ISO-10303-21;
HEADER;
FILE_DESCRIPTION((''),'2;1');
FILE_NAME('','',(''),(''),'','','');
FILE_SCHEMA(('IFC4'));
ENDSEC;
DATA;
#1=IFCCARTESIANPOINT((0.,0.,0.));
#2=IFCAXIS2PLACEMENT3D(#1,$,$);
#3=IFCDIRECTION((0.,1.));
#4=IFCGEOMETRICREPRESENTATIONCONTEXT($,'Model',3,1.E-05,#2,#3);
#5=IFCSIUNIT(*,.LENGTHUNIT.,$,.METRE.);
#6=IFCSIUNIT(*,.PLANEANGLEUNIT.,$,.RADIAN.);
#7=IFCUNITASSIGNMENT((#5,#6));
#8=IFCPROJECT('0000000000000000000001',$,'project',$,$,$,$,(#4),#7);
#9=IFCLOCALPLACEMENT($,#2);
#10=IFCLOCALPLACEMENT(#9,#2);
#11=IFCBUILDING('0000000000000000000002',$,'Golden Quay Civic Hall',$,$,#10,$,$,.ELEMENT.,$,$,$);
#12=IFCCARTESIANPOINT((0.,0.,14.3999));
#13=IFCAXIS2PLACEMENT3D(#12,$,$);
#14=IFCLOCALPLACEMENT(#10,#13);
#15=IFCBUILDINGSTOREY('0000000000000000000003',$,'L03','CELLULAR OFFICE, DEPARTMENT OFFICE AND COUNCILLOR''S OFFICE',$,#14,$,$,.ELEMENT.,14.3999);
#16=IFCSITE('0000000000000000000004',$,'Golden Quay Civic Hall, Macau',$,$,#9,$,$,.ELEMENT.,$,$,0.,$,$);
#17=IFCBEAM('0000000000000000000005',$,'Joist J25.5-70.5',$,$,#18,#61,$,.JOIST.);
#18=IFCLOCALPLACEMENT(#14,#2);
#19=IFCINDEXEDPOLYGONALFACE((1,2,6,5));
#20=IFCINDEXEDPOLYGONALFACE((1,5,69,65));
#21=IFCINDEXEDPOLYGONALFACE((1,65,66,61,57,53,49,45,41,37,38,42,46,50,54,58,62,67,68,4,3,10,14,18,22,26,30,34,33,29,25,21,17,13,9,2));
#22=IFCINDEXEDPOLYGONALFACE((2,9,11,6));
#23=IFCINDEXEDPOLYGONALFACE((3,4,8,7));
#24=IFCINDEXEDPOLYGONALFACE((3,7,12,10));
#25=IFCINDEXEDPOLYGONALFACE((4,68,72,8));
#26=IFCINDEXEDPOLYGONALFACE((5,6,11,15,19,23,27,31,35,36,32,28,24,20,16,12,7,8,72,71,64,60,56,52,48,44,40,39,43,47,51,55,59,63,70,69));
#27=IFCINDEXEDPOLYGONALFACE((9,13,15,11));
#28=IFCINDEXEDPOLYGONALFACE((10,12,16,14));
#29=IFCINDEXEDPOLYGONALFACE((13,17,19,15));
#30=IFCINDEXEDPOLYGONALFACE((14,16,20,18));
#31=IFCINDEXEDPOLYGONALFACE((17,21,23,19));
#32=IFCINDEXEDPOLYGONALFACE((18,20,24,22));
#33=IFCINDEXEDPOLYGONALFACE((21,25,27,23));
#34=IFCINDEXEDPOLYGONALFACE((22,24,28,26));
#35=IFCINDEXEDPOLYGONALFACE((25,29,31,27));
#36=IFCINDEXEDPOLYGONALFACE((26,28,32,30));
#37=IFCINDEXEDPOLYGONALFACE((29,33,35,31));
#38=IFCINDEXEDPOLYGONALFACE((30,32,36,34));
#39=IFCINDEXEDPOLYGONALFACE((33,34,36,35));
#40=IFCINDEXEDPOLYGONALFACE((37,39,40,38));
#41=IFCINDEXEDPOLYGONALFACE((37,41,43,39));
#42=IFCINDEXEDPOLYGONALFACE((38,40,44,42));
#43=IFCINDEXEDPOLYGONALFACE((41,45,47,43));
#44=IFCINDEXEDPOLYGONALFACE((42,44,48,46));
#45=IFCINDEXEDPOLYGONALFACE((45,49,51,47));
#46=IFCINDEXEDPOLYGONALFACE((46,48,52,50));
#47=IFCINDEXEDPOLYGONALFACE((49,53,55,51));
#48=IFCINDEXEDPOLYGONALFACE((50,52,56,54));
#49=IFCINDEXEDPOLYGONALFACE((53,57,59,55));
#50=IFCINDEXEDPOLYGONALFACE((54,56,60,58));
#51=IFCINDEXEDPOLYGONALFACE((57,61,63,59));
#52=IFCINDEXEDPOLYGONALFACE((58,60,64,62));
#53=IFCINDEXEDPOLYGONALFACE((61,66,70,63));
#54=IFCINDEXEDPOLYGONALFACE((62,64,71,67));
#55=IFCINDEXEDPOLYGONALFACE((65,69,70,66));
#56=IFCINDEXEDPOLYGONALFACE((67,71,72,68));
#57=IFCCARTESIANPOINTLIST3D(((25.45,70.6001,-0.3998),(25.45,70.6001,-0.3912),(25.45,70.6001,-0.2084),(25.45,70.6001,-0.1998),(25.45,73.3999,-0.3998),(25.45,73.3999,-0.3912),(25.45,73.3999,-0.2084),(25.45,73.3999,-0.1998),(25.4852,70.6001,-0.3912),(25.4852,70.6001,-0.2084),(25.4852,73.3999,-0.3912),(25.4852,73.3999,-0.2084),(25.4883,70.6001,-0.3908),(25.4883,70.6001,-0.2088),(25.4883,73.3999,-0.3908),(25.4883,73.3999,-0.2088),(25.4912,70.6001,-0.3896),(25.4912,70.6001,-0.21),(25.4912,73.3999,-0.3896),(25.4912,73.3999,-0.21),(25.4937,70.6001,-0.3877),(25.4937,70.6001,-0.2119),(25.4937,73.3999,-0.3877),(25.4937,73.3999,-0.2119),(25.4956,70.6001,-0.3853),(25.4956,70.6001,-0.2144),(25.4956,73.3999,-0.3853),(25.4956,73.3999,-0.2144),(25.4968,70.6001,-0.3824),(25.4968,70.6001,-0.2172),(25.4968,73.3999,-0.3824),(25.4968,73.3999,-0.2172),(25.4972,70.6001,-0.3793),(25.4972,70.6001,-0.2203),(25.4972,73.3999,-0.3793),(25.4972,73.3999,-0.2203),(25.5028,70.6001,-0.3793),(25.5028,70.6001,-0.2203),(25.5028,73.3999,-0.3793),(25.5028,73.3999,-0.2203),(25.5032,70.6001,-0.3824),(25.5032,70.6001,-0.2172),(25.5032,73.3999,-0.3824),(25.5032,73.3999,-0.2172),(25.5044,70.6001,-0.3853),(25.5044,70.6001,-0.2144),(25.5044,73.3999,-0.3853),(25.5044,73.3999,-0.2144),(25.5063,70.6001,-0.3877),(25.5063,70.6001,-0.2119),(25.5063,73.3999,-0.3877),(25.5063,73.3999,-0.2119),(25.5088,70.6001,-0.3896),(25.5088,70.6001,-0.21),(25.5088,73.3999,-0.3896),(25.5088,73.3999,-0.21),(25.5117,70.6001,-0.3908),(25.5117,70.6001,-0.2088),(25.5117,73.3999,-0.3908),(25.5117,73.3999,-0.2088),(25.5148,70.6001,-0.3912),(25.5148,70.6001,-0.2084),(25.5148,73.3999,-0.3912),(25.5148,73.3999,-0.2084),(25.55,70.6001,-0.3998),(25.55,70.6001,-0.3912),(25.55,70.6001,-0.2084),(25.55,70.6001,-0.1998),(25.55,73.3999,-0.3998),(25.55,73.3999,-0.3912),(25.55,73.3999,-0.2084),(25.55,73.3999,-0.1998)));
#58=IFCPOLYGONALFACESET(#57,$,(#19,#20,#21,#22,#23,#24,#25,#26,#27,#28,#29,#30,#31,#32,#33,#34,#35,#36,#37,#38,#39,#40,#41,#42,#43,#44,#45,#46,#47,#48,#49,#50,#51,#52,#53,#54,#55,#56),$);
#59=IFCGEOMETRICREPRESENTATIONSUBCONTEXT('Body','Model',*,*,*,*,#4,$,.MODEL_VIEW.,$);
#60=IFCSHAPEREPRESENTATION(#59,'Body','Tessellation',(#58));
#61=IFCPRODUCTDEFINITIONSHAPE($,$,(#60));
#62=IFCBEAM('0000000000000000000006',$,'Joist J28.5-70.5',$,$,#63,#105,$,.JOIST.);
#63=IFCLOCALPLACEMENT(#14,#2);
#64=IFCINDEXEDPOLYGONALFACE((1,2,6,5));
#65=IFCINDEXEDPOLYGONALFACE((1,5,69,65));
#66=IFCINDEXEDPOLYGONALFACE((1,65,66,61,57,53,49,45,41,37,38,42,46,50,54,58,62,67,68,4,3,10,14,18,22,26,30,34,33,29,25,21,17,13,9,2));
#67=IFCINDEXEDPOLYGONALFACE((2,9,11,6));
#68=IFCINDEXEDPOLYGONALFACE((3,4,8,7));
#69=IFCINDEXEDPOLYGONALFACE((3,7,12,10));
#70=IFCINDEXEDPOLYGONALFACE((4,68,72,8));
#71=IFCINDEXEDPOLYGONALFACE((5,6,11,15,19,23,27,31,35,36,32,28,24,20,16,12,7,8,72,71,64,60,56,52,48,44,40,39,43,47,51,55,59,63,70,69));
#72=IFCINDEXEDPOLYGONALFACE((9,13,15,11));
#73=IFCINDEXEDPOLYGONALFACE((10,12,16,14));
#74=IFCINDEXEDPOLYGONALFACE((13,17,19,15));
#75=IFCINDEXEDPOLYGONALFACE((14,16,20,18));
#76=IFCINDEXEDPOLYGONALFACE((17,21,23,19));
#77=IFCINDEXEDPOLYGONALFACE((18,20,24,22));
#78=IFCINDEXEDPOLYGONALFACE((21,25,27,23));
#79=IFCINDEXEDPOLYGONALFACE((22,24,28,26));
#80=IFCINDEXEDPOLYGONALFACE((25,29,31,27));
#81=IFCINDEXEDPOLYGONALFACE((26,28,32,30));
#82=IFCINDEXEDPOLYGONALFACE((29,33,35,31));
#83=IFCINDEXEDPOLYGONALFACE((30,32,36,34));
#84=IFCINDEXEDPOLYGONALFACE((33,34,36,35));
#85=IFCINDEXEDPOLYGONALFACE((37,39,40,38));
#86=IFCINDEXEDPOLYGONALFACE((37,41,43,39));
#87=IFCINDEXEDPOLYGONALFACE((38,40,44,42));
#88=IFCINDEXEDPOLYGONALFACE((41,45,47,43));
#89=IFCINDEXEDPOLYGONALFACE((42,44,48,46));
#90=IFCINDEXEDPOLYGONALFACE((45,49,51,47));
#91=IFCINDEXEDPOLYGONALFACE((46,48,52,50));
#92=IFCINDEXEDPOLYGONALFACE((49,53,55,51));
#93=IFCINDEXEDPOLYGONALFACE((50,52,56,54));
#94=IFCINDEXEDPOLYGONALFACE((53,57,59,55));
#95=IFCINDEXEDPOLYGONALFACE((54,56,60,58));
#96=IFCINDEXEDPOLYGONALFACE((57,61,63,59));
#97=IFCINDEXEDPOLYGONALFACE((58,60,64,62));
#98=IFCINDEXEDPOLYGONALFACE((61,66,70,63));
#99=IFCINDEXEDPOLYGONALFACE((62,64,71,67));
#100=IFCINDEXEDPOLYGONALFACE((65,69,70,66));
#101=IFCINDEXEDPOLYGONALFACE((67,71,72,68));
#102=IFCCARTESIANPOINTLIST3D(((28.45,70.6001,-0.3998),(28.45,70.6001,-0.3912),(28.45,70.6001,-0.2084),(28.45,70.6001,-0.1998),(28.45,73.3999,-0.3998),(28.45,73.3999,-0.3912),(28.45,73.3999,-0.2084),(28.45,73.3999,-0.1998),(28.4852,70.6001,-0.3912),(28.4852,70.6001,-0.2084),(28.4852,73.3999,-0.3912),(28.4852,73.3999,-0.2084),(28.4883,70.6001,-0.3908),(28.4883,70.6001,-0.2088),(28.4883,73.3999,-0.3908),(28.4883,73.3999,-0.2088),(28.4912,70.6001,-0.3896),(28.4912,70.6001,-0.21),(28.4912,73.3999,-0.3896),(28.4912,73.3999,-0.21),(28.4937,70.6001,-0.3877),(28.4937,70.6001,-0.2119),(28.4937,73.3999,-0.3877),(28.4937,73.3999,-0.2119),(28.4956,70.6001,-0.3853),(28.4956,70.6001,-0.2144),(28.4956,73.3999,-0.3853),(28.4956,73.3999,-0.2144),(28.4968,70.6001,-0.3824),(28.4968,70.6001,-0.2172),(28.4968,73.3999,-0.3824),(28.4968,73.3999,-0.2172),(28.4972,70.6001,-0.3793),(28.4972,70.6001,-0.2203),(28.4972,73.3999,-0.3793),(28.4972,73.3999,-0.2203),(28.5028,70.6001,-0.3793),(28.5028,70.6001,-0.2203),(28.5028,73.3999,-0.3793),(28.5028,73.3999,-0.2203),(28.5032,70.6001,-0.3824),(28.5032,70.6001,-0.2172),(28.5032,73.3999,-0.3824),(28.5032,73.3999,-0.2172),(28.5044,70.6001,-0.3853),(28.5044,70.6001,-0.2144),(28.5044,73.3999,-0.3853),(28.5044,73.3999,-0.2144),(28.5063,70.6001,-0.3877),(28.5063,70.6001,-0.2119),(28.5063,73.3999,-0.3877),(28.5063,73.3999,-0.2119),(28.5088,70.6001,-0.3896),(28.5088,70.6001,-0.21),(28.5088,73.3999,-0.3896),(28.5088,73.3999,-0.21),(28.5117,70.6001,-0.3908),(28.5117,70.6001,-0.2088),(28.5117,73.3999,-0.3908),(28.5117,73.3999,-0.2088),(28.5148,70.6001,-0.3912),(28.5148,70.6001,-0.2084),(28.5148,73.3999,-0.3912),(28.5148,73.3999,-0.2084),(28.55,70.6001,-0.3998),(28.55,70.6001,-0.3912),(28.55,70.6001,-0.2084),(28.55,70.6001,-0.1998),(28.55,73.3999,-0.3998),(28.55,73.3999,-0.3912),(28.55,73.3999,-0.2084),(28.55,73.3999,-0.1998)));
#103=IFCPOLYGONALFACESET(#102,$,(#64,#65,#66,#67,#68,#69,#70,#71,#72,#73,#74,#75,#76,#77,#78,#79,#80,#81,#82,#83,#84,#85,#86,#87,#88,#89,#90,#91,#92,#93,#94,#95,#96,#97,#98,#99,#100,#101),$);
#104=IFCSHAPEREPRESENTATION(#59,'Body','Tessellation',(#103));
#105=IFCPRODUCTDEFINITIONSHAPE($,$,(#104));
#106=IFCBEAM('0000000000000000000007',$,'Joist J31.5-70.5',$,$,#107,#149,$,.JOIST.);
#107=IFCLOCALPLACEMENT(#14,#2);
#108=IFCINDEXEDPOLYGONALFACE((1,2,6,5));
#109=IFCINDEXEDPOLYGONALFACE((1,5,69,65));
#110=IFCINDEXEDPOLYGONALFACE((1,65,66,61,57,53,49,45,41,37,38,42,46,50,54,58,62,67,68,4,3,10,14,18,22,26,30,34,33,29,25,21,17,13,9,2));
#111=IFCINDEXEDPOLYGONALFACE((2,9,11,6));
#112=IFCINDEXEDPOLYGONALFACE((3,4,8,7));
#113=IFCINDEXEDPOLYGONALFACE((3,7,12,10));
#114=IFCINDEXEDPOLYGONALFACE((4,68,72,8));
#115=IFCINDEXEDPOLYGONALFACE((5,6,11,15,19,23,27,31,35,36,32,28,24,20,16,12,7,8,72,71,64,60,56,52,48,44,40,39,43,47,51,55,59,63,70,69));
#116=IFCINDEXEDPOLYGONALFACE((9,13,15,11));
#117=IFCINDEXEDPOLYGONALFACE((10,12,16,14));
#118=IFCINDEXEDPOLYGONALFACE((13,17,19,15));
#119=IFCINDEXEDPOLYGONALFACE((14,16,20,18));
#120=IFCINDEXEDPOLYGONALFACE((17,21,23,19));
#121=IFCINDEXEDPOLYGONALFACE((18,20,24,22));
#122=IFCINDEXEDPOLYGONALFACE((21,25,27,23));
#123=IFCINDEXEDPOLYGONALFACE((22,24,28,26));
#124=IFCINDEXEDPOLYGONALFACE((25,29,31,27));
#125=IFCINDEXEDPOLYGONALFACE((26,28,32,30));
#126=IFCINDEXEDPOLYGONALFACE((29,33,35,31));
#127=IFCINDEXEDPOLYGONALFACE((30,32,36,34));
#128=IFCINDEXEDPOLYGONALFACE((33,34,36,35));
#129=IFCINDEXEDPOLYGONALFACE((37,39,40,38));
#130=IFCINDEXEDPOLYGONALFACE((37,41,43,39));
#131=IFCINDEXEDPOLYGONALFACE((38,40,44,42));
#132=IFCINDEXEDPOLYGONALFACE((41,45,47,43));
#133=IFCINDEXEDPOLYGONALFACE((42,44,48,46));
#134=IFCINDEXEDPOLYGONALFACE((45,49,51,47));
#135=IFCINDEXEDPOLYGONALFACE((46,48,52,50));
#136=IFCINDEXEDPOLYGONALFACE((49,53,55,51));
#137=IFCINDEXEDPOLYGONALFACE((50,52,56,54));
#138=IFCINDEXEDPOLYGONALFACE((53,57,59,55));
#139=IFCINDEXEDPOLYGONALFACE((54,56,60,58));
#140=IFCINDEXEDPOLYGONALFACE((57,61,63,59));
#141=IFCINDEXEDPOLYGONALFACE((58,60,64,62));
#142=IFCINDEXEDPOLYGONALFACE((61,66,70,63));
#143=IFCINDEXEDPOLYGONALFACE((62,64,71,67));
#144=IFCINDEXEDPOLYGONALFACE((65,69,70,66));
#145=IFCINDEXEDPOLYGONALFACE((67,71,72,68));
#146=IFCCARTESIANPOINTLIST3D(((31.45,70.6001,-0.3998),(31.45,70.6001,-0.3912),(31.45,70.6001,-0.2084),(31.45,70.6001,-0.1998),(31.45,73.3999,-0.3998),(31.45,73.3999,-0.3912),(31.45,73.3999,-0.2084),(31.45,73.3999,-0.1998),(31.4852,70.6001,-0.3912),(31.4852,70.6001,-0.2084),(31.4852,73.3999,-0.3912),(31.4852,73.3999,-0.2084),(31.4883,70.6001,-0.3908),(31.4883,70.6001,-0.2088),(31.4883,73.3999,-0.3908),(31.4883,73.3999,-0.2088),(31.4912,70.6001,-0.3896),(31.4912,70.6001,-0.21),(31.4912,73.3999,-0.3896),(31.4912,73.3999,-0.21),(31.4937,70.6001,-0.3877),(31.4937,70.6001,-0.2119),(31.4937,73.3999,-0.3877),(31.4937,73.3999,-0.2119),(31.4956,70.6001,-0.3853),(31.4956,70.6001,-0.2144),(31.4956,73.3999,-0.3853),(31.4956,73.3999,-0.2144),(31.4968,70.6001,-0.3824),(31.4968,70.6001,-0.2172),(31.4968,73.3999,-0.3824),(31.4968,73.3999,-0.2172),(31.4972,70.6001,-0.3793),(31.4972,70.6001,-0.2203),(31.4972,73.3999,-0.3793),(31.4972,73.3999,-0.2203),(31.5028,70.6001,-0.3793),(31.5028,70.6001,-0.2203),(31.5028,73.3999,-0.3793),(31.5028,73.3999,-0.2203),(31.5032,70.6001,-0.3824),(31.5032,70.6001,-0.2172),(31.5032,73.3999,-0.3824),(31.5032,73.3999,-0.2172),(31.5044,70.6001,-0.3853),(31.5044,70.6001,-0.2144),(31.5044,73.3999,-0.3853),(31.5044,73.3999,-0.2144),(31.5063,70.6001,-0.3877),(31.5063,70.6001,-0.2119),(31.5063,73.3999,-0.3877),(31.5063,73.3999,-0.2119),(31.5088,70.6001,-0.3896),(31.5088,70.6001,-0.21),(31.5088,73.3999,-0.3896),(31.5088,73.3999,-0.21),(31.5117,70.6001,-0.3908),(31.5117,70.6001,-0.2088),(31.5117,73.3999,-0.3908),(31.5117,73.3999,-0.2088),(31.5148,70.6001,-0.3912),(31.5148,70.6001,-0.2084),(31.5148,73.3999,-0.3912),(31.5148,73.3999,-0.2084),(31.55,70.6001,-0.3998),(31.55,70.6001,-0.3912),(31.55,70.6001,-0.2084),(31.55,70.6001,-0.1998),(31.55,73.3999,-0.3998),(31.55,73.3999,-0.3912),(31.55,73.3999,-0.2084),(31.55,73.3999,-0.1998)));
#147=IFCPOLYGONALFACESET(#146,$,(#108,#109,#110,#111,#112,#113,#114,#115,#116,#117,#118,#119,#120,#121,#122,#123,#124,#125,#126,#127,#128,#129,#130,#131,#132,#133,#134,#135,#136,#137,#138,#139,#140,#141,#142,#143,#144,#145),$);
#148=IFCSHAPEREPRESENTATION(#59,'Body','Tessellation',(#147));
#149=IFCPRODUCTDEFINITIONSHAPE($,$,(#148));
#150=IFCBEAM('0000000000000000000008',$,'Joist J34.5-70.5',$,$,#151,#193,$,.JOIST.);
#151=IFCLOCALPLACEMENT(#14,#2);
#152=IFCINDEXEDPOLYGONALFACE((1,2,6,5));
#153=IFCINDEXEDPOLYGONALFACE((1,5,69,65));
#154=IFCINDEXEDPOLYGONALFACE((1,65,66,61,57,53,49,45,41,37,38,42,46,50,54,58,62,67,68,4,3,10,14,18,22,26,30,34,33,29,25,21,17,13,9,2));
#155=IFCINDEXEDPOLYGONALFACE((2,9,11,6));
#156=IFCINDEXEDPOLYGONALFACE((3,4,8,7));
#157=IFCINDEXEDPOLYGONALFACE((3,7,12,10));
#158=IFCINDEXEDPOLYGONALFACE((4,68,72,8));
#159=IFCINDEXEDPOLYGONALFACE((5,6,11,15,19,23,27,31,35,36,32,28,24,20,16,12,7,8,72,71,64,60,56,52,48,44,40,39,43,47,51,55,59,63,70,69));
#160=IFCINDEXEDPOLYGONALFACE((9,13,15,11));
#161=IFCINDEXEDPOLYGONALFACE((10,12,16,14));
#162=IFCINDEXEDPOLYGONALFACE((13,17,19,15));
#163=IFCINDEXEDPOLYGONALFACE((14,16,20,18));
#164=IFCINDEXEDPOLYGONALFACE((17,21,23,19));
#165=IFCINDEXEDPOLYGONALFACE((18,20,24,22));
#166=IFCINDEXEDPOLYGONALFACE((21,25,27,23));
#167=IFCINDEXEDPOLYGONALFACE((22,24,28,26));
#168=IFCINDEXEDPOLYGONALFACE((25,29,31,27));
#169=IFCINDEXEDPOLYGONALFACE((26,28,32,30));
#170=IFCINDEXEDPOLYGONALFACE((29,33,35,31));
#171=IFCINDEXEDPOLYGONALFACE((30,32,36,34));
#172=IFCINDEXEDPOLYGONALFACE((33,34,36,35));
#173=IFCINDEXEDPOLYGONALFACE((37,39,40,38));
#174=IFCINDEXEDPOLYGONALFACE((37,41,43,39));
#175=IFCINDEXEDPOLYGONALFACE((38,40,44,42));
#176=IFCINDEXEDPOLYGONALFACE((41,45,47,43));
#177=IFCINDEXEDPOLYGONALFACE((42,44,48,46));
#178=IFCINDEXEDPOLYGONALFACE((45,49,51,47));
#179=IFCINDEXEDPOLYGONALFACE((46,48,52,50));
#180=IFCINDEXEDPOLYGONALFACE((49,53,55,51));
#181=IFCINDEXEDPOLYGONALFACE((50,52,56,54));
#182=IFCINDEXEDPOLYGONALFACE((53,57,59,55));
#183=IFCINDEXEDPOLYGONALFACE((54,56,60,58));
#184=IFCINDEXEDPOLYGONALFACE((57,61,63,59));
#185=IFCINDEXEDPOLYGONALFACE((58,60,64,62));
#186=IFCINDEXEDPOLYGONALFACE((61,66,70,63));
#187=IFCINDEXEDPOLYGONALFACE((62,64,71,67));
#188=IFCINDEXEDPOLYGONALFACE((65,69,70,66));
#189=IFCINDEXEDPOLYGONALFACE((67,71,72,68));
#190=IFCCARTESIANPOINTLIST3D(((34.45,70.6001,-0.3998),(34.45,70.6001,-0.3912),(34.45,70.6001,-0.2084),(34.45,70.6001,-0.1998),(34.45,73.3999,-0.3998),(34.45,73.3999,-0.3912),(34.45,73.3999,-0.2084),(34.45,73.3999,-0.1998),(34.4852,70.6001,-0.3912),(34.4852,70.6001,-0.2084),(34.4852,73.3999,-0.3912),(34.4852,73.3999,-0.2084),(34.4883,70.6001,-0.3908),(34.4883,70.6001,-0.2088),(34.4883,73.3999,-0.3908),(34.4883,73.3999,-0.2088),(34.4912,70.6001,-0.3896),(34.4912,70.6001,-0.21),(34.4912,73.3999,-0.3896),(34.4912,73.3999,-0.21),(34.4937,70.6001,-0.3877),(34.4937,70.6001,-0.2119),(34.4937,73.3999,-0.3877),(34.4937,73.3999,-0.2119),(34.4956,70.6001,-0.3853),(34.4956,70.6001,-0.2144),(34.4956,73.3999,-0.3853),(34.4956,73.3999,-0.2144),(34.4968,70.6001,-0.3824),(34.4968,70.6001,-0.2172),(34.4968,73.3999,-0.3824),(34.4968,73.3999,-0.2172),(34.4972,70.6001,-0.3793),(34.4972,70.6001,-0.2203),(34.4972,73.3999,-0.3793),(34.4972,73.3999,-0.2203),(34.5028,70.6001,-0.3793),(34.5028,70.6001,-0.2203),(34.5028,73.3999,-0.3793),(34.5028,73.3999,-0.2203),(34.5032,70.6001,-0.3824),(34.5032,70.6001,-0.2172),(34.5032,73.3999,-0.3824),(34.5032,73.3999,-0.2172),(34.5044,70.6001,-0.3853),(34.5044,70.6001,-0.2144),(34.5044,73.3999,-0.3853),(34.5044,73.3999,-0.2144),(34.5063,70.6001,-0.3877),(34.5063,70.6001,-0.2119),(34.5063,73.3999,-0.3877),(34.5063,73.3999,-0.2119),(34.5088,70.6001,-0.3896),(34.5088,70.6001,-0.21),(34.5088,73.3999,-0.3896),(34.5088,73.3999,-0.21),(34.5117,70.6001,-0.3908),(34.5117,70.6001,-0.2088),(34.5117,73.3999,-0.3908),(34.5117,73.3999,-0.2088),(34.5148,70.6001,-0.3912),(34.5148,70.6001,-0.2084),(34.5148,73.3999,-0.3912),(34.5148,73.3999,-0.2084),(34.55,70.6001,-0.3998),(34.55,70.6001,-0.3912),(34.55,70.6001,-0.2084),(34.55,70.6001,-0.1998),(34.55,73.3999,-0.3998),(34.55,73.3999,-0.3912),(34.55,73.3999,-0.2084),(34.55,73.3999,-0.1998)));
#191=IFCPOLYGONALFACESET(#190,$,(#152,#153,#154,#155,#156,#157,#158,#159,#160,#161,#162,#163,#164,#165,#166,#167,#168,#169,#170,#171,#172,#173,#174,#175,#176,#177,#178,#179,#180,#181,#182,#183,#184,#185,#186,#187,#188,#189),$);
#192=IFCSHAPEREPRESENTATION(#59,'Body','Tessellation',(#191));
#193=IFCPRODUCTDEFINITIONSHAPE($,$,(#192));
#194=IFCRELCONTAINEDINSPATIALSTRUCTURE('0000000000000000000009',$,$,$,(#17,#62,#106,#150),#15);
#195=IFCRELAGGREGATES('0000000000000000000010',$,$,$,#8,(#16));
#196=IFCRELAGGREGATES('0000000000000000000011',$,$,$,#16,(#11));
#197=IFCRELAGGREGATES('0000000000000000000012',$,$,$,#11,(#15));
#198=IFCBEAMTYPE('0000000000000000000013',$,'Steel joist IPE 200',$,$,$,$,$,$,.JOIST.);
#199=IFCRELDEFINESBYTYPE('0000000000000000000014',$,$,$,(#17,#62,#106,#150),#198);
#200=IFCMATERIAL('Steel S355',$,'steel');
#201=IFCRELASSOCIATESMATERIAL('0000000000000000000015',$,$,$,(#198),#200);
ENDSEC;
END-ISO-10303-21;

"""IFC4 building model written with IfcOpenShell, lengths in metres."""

from ifc_helpers import new_model, si_unit, direction, frame, origin, origin_2d, place, context, subcontext, project, spatial, i_section, extrude, material, material_profile, profile_set, type_object, element, save


model = new_model("IFC4")

# Units and contexts
model_context = context("Model", 3, precision=1e-05, world=origin(), true_north=direction((0.0, 1.0)))
body_context = subcontext(model_context, "Body", "Model", "MODEL_VIEW")
ifc_project = project(units=[si_unit("LENGTHUNIT", "METRE"), si_unit("PLANEANGLEUNIT", "RADIAN")], contexts=[model_context])

# Site, building, storey
site_placement = place(None, origin())
site = spatial("IfcSite", under=ifc_project, at=site_placement, Name="Golden Quay Civic Hall, Macau", CompositionType="ELEMENT", RefElevation=0.0)
building_placement = place(site_placement, origin())
building = spatial("IfcBuilding", under=site, at=building_placement, Name="Golden Quay Civic Hall", CompositionType="ELEMENT")
storey_placement = place(building_placement, frame((0.0, 0.0, 14.3999)))
storey = spatial("IfcBuildingStorey", under=building, at=storey_placement, Name="L03", Description="CELLULAR OFFICE, DEPARTMENT OFFICE AND COUNCILLOR'S OFFICE", CompositionType="ELEMENT", Elevation=14.3999)

# Beams
ifc_material_1 = material(Name="Steel S355", Category="steel")
ifc_material_profile_1 = material_profile(ifc_material_1, i_section(OverallWidth=0.1001, OverallDepth=0.2, WebThickness=0.0056, FlangeThickness=0.0085, FilletRadius=0.012, at=origin_2d()), Name="IPE 200")
ifc_profile_set_1 = profile_set([ifc_material_profile_1], Name="Steel S355")
beam_type_1 = type_object("IfcBeamType", Name="Steel joist IPE 200", PredefinedType="JOIST", material=ifc_profile_set_1)
for number, where, z_axis, x_axis, name in (
    (1, (25.5, 70.6001, -0.2998), (0.0, 1.0, 0.0), (-1.0, 0.0, 0.0), "Joist J25.5-70.5"),
    (2, (28.5, 70.6001, -0.2998), (0.0, 1.0, 0.0), (-1.0, 0.0, 0.0), "Joist J28.5-70.5"),
    (3, (31.5, 70.6001, -0.2998), (0.0, 1.0, 0.0), (-1.0, 0.0, 0.0), "Joist J31.5-70.5"),
    (4, (34.5, 70.6001, -0.2998), (0.0, 1.0, 0.0), (-1.0, 0.0, 0.0), "Joist J34.5-70.5"),
):
    element("IfcBeam", number, at=place(storey_placement, frame(where, z_axis=z_axis, x_axis=x_axis)), inside=storey, type_object=beam_type_1, Name=name, PredefinedType="JOIST", context=body_context, shape_type="SweptSolid", body=[
        extrude(i_section(OverallWidth=0.1001, OverallDepth=0.2, WebThickness=0.0056, FlangeThickness=0.0085, FilletRadius=0.012, at=origin_2d()), origin(), (0.0, 0.0, 1.0), 2.7998),
    ])

save(model, "model.ifc")
